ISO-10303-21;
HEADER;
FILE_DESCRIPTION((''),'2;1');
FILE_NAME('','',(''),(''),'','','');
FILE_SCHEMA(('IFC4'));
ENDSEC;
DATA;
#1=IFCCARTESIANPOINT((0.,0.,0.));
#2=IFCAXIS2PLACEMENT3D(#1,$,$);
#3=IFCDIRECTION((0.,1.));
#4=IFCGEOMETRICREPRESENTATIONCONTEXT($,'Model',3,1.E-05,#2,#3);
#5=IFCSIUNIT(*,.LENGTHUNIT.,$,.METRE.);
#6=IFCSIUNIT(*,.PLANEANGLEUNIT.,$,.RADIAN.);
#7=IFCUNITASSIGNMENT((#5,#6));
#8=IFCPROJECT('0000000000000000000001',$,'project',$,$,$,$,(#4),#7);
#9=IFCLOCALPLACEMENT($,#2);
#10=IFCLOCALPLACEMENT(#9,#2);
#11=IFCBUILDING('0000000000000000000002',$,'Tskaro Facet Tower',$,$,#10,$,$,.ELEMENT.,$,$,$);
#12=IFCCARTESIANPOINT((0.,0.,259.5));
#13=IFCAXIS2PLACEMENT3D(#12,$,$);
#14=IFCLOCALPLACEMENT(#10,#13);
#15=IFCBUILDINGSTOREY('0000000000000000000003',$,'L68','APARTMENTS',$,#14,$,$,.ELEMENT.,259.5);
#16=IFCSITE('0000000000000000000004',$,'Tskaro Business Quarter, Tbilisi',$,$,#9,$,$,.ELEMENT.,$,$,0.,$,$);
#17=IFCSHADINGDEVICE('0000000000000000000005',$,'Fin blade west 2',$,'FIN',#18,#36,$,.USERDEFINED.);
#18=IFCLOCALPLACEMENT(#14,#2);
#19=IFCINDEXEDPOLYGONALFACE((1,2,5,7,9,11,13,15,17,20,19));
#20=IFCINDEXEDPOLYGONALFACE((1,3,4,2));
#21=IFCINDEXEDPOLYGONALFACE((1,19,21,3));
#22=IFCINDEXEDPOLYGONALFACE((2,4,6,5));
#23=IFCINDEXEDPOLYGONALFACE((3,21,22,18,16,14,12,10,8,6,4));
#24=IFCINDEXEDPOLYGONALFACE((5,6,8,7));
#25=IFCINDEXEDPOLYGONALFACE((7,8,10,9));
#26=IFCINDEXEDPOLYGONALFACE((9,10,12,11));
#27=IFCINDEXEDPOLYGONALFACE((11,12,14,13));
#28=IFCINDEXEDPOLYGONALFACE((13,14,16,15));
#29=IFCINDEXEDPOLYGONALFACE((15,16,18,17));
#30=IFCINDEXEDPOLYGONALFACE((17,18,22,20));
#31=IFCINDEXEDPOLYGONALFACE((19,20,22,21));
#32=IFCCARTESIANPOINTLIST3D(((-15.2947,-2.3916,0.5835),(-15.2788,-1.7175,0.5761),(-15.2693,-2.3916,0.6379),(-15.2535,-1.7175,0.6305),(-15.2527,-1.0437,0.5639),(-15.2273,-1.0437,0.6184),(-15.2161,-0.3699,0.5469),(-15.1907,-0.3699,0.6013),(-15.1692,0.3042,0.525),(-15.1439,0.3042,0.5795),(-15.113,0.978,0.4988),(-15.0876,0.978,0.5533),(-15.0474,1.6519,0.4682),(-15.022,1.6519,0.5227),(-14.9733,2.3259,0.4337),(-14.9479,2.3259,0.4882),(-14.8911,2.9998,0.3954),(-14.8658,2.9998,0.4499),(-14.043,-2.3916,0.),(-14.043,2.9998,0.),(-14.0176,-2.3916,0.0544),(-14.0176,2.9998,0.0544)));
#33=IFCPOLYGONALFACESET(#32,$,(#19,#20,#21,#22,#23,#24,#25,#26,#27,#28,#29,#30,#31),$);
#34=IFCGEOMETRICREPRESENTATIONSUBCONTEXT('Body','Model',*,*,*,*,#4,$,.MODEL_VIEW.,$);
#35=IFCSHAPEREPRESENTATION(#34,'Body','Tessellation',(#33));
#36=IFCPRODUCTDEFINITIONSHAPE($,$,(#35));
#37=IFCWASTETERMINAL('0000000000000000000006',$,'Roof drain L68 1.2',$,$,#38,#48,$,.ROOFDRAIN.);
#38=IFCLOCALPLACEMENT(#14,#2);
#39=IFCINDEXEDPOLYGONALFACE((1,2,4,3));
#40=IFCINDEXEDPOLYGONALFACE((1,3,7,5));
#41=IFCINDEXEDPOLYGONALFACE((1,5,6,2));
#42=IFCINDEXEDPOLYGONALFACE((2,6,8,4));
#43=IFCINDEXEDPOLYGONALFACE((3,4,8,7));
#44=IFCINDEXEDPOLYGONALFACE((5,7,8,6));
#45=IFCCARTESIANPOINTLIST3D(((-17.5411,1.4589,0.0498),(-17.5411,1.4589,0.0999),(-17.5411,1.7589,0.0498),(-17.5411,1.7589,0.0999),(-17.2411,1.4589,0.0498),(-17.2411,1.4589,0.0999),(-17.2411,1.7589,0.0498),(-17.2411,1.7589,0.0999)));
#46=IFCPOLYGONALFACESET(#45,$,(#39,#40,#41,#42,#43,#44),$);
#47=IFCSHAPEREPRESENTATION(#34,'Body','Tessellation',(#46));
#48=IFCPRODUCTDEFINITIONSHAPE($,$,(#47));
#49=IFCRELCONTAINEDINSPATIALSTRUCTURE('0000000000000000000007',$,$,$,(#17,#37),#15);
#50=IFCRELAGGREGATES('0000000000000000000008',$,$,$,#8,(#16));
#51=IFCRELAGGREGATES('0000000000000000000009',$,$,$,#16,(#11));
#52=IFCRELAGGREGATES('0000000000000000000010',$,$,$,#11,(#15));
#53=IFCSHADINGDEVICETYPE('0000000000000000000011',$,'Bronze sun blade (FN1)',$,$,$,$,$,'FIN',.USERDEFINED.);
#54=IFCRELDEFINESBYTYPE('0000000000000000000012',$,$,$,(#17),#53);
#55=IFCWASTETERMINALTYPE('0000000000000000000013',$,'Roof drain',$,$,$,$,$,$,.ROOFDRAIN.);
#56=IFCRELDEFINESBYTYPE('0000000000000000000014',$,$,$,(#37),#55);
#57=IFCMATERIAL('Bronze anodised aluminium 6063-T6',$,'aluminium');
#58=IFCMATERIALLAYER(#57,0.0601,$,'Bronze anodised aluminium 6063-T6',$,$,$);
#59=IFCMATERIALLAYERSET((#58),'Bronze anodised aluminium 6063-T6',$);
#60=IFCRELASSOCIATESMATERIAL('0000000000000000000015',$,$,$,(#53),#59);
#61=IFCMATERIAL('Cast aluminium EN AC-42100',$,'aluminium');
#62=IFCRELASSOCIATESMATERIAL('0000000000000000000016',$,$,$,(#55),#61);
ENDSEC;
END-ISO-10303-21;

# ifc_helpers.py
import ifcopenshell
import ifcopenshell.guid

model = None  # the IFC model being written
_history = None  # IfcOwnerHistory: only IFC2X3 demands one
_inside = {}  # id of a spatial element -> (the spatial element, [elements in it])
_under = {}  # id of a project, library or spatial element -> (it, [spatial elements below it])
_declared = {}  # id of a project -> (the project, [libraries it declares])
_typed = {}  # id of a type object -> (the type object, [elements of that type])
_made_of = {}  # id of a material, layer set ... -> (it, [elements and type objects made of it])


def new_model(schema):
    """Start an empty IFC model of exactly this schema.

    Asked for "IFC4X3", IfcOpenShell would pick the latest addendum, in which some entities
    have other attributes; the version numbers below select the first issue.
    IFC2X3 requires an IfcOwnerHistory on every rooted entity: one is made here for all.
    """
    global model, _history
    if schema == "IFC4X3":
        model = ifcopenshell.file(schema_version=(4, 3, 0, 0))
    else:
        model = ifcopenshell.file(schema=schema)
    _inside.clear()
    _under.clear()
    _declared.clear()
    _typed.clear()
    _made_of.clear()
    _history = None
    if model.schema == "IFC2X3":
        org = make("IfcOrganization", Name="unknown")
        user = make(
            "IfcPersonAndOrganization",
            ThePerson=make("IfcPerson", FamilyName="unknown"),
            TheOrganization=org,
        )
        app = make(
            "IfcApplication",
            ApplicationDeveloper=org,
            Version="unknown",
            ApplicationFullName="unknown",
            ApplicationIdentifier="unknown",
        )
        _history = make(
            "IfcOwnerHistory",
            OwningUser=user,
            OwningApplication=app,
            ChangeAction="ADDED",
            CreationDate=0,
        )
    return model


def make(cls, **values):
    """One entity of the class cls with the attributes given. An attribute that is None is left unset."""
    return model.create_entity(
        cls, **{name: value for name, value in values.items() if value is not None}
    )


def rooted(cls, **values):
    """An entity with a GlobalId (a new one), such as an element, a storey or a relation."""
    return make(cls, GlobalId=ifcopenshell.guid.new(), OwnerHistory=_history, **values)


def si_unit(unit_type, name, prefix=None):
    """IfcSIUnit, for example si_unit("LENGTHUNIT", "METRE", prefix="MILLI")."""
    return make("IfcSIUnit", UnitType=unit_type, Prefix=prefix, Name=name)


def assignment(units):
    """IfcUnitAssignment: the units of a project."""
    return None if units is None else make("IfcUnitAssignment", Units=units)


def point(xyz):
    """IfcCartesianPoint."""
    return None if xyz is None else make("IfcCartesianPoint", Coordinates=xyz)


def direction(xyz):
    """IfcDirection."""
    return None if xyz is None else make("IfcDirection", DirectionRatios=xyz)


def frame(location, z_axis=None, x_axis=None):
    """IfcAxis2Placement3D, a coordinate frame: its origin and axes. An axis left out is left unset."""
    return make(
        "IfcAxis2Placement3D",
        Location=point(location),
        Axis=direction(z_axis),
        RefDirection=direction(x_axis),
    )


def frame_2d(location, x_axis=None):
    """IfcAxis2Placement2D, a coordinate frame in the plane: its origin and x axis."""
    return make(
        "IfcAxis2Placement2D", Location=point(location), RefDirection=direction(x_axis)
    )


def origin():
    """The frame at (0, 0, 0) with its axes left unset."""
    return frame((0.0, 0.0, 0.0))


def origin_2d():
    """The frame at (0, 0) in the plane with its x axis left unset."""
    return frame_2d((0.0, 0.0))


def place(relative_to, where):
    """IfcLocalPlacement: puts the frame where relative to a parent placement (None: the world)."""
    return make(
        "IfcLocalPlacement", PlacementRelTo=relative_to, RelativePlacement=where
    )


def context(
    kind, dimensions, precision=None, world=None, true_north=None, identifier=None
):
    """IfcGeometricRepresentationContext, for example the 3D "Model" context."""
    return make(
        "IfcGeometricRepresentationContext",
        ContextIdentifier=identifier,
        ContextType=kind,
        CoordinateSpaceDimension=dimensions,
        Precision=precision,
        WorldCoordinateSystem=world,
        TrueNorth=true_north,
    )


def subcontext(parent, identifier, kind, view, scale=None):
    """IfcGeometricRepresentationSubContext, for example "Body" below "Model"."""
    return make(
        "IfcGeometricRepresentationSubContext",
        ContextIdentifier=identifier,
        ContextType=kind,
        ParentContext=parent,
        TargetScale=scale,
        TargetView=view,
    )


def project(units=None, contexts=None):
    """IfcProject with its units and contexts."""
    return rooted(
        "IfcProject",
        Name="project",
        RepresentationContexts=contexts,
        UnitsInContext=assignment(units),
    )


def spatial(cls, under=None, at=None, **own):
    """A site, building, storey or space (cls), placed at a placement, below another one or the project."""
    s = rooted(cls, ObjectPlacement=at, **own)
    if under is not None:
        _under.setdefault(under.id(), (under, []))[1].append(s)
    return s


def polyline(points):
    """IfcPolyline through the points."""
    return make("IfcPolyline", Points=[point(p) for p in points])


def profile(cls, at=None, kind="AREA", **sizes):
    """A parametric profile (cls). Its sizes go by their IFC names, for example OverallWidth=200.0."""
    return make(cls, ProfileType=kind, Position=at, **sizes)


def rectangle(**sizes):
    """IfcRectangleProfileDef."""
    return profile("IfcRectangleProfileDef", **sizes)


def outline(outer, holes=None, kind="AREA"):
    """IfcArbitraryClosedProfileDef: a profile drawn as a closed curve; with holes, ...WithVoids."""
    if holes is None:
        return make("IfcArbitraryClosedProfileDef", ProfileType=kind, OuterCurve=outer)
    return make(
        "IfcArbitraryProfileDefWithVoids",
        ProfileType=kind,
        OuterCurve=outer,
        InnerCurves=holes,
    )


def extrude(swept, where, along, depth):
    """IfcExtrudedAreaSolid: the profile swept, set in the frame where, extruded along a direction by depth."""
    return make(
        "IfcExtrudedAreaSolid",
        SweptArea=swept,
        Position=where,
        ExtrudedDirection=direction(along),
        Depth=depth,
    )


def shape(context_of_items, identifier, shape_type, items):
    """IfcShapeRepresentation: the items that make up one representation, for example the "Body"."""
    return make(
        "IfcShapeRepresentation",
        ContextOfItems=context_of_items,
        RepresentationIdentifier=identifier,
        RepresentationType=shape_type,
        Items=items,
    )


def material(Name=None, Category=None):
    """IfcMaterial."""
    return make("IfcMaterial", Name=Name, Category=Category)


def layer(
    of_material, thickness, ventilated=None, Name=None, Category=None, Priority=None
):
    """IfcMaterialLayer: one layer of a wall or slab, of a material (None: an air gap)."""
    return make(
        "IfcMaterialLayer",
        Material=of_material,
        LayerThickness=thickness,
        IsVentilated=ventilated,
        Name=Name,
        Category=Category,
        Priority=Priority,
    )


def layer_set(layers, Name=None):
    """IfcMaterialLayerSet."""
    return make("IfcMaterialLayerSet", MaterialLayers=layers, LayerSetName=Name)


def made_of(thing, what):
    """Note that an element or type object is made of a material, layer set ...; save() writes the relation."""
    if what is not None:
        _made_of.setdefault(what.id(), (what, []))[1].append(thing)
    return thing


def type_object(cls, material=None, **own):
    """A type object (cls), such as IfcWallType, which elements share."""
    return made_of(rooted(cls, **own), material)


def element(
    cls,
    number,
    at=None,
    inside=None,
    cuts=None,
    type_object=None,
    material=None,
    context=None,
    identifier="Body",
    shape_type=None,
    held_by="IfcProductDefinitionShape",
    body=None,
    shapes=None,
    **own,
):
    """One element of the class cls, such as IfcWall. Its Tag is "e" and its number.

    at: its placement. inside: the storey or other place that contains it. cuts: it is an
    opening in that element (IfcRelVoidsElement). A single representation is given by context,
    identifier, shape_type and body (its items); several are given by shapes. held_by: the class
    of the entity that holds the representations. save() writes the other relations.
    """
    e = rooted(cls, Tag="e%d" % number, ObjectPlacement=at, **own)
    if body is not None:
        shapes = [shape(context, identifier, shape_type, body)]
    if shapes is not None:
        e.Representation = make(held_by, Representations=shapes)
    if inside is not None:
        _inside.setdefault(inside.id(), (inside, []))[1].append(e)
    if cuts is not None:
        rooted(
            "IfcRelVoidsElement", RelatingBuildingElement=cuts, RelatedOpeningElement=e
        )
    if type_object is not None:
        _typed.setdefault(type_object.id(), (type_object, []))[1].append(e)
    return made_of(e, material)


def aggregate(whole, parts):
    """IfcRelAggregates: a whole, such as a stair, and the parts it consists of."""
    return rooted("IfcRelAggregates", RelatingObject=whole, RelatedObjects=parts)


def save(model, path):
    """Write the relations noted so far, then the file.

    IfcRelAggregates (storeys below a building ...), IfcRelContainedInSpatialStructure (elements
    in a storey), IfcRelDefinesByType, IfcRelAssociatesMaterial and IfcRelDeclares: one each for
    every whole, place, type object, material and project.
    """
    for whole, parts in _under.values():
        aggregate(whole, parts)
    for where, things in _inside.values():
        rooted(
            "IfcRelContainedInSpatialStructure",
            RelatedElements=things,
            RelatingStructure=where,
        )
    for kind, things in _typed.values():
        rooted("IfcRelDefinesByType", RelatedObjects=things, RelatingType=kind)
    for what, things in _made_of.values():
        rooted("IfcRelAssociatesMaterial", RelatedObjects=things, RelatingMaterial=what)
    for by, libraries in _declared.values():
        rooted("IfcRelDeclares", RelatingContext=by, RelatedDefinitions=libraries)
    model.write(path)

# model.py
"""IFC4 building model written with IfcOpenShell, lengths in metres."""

from ifc_helpers import new_model, si_unit, direction, frame, origin, origin_2d, place, context, subcontext, project, spatial, polyline, rectangle, outline, extrude, material, layer, layer_set, type_object, element, save


model = new_model("IFC4")

# Units and contexts
model_context = context("Model", 3, precision=1e-05, world=origin(), true_north=direction((0.0, 1.0)))
body_context = subcontext(model_context, "Body", "Model", "MODEL_VIEW")
ifc_project = project(units=[si_unit("LENGTHUNIT", "METRE"), si_unit("PLANEANGLEUNIT", "RADIAN")], contexts=[model_context])

# Site, building, storey
site_placement = place(None, origin())
site = spatial("IfcSite", under=ifc_project, at=site_placement, Name="Tskaro Business Quarter, Tbilisi", CompositionType="ELEMENT", RefElevation=0.0)
building_placement = place(site_placement, origin())
building = spatial("IfcBuilding", under=site, at=building_placement, Name="Tskaro Facet Tower", CompositionType="ELEMENT")
storey_placement = place(building_placement, frame((0.0, 0.0, 259.5)))
storey = spatial("IfcBuildingStorey", under=building, at=storey_placement, Name="L68", Description="APARTMENTS", CompositionType="ELEMENT", Elevation=259.5)

# Shared definitions
ifc_material_1 = material(Name="Bronze anodised aluminium 6063-T6", Category="aluminium")

# Shading device
ifc_layer_1 = layer(ifc_material_1, 0.0601, Name="Bronze anodised aluminium 6063-T6")
ifc_layer_set_1 = layer_set([ifc_layer_1], Name="Bronze anodised aluminium 6063-T6")
shading_device_type = type_object("IfcShadingDeviceType", Name="Bronze sun blade (FN1)", ElementType="FIN", PredefinedType="USERDEFINED", material=ifc_layer_set_1)
shading_device_placement = place(storey_placement, frame((-14.0176, 2.9998, 0.0544), z_axis=(0.422528, -0.00001, 0.90635), x_axis=(-0.000004, -1.0, -0.000009)))
element("IfcShadingDevice", 1, at=shading_device_placement, inside=storey, type_object=shading_device_type, Name="Fin blade west 2", ObjectType="FIN", PredefinedType="USERDEFINED", context=body_context, shape_type="SweptSolid", body=[
    extrude(outline(polyline([(0.0, 0.0), (5.3914, 0.0), (5.3914, -1.381), (4.7173, -1.3636), (4.0435, -1.3347), (3.3696, -1.2943), (2.6956, -1.2426), (2.0217, -1.1806), (1.3479, -1.1082), (0.6738, -1.0265), (0.0, -0.9358), (0.0, 0.0)])), origin(), (0.0, 0.0, -1.0), 0.0601),
])

# Waste terminal
ifc_material_2 = material(Name="Cast aluminium EN AC-42100", Category="aluminium")
waste_terminal_type = type_object("IfcWasteTerminalType", Name="Roof drain", PredefinedType="ROOFDRAIN", material=ifc_material_2)
waste_terminal_placement = place(storey_placement, frame((-17.3911, 1.6089, 0.0498), z_axis=(0.0, 0.0, 1.0), x_axis=(1.0, 0.0, 0.0)))
element("IfcWasteTerminal", 2, at=waste_terminal_placement, inside=storey, type_object=waste_terminal_type, Name="Roof drain L68 1.2", PredefinedType="ROOFDRAIN", context=body_context, shape_type="SweptSolid", body=[
    extrude(rectangle(XDim=0.3, YDim=0.3, at=origin_2d()), origin(), (0.0, 0.0, 1.0), 0.05),
])

save(model, "model.ifc")
